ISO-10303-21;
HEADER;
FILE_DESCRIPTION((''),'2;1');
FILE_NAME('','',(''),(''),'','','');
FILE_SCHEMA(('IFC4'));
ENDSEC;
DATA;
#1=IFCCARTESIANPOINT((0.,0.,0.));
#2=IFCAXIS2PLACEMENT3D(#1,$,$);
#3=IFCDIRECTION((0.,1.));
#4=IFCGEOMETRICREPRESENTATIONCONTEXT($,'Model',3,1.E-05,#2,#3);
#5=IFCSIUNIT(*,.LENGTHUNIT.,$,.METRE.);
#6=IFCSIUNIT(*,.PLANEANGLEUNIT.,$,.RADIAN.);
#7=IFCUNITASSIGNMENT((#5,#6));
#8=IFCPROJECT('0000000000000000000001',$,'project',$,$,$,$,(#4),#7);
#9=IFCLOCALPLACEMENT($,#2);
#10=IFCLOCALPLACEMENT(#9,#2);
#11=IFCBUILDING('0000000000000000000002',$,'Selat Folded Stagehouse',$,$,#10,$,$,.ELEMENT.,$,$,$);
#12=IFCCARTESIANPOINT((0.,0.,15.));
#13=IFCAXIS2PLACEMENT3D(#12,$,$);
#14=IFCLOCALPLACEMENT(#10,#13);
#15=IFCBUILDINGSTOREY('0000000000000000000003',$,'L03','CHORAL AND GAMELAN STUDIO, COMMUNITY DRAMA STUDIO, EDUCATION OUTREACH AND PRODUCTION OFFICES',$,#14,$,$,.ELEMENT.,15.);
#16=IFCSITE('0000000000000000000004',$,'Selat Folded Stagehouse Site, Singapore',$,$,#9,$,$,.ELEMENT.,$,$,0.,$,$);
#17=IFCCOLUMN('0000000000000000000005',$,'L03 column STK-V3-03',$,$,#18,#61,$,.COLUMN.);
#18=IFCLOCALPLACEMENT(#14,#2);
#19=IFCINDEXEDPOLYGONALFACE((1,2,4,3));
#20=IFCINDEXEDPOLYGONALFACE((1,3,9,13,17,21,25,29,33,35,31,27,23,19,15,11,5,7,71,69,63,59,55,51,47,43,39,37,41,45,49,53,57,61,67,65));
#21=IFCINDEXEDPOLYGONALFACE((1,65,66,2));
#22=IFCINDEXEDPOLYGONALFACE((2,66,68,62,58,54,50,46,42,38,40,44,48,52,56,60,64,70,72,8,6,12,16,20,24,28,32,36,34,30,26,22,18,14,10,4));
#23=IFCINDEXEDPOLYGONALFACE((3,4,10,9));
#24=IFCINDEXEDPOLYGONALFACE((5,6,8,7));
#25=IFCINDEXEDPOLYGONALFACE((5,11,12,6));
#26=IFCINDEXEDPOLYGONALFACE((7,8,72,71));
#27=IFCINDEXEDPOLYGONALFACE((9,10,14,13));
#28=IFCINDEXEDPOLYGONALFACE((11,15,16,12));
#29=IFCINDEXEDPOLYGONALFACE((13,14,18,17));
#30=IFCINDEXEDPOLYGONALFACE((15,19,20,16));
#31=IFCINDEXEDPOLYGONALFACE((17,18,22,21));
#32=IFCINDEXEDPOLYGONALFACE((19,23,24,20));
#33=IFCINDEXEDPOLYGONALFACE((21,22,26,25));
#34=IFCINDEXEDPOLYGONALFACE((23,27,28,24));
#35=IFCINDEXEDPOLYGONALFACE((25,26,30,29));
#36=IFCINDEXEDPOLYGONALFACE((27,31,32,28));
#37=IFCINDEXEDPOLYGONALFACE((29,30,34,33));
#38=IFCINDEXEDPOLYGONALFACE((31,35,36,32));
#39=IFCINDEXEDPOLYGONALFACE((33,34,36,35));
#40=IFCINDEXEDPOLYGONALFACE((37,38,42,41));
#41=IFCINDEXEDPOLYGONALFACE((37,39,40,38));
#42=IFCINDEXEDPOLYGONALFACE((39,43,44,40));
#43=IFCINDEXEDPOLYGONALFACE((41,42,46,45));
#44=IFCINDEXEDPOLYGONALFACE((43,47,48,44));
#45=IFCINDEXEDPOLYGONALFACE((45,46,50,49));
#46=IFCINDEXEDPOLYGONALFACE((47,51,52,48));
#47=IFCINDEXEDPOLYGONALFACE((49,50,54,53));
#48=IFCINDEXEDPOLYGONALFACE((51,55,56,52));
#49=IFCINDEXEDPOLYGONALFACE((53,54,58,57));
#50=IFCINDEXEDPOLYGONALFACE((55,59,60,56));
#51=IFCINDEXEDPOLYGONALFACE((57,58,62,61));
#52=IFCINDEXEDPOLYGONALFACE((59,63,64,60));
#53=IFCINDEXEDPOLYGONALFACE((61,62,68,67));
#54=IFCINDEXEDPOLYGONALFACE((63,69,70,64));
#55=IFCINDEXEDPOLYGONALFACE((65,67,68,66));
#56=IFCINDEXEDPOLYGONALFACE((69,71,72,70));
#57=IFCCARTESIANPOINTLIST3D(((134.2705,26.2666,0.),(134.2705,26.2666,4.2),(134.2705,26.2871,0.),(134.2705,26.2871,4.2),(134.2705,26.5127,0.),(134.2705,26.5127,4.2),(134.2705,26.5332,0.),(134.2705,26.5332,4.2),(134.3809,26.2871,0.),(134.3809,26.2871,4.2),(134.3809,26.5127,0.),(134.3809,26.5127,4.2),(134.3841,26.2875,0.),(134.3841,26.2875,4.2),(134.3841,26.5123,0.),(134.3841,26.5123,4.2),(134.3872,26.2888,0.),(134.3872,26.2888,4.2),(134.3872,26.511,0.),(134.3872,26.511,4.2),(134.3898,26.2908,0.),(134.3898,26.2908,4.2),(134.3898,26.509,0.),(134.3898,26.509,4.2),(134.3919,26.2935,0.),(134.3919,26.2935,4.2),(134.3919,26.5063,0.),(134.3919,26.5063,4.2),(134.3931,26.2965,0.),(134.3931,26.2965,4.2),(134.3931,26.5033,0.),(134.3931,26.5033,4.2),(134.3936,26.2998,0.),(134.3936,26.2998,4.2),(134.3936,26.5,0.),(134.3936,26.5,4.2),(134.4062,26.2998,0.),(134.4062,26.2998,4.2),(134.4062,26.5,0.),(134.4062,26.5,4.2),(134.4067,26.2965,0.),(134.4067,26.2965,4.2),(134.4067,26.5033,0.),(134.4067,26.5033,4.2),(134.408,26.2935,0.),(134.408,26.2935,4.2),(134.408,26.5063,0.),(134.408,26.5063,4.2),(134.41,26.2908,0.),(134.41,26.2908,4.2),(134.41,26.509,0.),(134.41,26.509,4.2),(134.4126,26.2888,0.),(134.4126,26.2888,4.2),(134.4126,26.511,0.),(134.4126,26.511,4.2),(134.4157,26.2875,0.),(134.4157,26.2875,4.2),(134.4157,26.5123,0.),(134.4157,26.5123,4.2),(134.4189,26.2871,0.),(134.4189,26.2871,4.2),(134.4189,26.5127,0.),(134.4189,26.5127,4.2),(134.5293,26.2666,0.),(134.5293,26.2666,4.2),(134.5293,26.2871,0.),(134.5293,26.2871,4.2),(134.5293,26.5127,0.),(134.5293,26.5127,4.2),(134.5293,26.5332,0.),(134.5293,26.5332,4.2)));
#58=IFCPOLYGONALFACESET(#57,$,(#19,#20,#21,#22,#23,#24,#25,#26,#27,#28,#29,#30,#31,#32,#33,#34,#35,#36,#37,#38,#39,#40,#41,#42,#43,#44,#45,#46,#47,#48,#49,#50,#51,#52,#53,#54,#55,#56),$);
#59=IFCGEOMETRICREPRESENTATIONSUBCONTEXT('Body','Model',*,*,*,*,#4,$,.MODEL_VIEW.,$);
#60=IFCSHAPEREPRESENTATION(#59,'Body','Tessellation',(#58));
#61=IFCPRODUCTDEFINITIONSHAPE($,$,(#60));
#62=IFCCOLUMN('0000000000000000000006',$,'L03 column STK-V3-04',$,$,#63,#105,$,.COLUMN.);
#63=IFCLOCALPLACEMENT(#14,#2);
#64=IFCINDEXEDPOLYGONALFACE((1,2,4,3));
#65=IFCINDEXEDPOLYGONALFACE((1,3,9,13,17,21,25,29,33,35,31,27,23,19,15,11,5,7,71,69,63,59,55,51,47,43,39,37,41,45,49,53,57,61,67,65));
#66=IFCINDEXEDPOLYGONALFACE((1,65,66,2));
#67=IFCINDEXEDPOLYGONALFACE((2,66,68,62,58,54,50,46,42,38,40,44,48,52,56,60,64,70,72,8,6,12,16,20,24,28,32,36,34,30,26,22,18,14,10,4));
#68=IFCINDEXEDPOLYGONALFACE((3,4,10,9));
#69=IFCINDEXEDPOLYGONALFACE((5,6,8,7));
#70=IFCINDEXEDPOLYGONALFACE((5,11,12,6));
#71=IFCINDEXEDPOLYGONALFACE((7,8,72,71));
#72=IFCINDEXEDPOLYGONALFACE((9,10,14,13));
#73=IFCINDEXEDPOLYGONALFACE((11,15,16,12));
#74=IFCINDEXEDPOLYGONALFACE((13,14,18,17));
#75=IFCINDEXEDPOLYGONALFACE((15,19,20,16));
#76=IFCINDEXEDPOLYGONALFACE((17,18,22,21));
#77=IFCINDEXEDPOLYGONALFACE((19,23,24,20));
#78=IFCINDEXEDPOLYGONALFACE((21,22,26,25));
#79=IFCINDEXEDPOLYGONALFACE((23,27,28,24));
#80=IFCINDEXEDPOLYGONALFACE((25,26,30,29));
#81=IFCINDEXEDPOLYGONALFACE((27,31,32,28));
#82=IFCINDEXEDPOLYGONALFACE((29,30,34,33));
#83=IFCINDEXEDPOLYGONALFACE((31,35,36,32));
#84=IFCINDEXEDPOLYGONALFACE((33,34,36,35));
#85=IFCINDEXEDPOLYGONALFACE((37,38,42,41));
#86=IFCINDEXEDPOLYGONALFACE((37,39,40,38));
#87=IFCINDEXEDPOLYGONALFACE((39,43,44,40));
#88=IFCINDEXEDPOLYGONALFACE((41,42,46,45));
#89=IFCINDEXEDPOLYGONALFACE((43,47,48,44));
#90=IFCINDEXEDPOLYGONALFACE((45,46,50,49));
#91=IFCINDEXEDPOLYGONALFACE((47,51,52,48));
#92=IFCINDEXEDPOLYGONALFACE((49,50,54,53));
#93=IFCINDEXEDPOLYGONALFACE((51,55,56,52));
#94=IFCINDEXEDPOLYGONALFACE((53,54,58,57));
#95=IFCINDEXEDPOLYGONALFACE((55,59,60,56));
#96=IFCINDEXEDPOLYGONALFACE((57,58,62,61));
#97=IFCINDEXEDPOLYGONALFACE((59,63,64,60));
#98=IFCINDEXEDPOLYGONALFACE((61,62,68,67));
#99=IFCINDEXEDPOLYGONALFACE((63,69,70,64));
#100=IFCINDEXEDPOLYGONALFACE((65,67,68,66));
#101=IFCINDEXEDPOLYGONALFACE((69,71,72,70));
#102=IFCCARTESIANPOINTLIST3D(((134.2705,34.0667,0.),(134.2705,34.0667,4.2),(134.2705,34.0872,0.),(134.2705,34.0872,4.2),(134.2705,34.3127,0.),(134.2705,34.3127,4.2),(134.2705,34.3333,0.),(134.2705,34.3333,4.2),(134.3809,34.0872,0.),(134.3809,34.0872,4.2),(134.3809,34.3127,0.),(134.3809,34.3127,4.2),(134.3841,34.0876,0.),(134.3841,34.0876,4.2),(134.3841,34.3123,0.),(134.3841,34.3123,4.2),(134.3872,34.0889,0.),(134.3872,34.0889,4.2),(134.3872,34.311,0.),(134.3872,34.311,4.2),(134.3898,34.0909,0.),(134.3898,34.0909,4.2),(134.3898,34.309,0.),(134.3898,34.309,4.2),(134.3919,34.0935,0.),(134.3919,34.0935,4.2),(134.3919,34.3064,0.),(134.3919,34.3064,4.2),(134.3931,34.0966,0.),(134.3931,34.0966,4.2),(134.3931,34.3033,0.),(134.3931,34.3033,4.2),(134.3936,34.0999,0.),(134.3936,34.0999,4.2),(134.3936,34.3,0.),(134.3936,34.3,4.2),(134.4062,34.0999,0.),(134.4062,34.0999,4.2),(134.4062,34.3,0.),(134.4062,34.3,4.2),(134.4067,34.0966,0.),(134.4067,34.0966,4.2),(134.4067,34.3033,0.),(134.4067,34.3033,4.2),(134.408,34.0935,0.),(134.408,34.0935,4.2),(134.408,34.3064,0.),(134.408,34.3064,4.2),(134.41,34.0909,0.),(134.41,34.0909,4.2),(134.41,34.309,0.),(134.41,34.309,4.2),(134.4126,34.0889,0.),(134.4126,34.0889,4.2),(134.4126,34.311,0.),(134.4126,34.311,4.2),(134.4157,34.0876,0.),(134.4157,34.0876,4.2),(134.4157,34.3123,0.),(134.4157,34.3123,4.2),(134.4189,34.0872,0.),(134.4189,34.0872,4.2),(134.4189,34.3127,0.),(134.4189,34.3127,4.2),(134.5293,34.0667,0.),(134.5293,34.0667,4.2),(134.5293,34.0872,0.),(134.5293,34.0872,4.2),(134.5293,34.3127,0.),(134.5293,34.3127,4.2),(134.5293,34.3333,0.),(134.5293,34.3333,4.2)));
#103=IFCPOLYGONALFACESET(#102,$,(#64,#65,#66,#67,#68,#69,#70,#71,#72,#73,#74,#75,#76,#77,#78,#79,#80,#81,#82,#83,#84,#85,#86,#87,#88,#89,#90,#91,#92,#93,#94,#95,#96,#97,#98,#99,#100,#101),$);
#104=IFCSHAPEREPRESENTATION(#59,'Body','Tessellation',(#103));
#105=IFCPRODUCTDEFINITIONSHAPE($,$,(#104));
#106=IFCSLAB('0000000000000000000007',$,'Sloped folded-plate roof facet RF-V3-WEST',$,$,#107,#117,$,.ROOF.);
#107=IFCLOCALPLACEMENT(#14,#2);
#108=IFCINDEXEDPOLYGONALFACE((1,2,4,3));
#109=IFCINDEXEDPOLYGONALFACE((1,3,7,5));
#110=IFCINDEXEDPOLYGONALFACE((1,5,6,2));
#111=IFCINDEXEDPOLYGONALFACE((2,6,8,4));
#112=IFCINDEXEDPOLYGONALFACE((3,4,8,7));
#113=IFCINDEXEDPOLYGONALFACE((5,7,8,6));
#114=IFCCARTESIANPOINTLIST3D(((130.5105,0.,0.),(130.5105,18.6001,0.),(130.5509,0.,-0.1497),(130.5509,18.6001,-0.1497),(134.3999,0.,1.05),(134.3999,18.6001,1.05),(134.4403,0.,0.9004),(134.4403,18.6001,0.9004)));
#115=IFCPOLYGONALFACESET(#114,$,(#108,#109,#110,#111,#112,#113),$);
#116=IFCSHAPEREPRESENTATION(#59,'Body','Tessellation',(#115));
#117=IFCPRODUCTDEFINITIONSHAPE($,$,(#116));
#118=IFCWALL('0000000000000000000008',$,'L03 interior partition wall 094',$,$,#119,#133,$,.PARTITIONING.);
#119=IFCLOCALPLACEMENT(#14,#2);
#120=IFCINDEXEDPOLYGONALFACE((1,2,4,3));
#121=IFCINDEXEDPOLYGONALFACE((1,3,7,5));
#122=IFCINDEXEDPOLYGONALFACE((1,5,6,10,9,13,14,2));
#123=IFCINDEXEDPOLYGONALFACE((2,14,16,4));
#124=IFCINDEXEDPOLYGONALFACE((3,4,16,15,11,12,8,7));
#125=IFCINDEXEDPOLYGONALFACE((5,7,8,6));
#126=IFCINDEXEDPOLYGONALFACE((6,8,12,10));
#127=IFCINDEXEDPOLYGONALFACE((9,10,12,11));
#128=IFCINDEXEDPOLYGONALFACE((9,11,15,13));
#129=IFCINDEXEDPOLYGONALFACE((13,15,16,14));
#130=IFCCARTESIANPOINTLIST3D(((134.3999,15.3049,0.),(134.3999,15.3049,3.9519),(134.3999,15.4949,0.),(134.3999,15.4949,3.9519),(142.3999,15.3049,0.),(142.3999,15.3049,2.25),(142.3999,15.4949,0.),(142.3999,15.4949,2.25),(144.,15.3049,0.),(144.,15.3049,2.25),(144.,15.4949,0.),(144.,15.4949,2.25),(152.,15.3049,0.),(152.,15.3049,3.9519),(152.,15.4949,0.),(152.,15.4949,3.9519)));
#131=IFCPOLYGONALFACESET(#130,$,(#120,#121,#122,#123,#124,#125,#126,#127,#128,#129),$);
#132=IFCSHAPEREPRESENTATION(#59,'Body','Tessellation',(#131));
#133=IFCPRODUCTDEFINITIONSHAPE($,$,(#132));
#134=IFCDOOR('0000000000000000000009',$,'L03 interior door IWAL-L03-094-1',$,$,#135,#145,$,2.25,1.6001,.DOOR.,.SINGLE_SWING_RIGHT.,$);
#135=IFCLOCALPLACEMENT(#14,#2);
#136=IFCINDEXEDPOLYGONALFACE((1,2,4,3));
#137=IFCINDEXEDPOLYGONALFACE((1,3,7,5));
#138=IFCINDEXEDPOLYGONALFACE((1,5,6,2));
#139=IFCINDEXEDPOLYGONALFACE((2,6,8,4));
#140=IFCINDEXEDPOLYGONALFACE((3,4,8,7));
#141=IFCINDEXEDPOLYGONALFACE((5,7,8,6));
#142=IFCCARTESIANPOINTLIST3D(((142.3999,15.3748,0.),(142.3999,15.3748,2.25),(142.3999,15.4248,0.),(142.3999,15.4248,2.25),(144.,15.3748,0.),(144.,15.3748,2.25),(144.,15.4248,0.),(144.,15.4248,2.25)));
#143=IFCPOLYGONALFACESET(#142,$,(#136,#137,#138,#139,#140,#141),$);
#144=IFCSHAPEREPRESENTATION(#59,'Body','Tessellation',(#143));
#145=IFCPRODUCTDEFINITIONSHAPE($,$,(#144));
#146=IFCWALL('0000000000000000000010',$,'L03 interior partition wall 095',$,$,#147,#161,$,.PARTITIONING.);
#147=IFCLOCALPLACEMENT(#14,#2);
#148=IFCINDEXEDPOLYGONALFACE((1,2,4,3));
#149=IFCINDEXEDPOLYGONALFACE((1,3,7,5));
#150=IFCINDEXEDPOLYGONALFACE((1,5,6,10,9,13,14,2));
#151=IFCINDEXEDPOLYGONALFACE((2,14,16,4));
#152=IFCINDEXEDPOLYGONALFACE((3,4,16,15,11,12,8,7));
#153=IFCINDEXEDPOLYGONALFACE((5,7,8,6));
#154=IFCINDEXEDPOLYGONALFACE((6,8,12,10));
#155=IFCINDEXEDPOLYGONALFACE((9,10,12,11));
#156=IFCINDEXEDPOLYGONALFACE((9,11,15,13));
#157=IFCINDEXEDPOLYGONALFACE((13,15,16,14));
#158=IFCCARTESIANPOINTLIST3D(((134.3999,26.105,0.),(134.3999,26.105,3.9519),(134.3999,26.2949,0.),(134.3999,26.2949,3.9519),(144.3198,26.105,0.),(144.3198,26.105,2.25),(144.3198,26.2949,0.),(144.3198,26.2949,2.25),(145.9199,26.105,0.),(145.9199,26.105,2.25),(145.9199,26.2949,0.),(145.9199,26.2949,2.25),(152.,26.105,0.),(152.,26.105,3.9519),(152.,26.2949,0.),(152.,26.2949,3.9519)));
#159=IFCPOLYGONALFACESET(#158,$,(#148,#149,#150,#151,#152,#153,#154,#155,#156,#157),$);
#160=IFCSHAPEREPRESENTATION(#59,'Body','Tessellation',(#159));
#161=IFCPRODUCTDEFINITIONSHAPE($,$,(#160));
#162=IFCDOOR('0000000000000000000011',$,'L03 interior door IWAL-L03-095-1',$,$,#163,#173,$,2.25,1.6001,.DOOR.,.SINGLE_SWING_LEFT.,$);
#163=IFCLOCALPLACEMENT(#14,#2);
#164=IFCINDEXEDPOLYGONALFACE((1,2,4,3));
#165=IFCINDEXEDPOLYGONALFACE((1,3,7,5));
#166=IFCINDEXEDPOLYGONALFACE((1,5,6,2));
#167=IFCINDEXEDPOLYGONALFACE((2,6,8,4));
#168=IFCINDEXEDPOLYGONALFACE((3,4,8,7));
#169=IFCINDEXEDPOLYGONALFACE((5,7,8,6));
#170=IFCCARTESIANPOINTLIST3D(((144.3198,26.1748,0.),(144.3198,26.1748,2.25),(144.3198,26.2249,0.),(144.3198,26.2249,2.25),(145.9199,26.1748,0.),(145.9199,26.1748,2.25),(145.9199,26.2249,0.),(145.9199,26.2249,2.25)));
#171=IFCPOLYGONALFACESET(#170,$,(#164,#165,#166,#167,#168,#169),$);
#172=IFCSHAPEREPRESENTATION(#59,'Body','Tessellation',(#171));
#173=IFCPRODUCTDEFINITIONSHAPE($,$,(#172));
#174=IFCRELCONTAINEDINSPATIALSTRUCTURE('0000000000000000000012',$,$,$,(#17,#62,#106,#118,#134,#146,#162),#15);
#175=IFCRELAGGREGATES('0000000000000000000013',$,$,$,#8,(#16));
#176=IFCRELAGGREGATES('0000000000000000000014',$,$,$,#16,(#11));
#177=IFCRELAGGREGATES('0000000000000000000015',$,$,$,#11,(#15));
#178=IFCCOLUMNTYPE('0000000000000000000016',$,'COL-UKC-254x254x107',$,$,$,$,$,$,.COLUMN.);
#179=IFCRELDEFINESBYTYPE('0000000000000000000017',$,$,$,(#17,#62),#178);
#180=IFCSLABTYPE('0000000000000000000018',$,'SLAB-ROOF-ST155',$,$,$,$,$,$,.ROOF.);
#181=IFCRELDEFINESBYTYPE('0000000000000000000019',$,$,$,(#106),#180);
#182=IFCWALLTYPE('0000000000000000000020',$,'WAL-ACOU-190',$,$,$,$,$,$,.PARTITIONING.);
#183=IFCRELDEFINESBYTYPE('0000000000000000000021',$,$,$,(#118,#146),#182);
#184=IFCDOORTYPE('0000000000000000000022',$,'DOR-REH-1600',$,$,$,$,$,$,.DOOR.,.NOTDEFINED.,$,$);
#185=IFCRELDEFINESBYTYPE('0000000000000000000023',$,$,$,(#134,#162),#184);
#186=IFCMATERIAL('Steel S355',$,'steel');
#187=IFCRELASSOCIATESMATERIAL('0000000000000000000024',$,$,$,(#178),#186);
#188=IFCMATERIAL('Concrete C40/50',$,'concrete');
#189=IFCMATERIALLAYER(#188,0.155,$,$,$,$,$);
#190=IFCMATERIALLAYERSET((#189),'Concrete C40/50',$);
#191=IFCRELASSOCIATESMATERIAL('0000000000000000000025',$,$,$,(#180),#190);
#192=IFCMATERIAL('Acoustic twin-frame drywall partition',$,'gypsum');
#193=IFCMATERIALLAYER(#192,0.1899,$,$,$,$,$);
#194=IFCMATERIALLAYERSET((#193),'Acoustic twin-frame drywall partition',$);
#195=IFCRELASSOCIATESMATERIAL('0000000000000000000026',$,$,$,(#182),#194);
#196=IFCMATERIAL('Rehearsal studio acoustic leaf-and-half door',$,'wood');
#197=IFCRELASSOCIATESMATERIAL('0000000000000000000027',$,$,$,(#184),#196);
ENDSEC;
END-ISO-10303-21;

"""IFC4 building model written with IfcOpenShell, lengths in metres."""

from ifc_helpers import new_model, si_unit, direction, frame, frame_2d, origin, origin_2d, place, context, subcontext, project, spatial, polyline, rectangle, i_section, outline, extrude, material, layer, layer_set, material_profile, profile_set, type_object, element, fill, save


model = new_model("IFC4")

# Units and contexts
model_context = context("Model", 3, precision=1e-05, world=origin(), true_north=direction((0.0, 1.0)))
body_context = subcontext(model_context, "Body", "Model", "MODEL_VIEW")
ifc_project = project(units=[si_unit("LENGTHUNIT", "METRE"), si_unit("PLANEANGLEUNIT", "RADIAN")], contexts=[model_context])

# Site, building, storey
site_placement = place(None, origin())
site = spatial("IfcSite", under=ifc_project, at=site_placement, Name="Selat Folded Stagehouse Site, Singapore", CompositionType="ELEMENT", RefElevation=0.0)
building_placement = place(site_placement, origin())
building = spatial("IfcBuilding", under=site, at=building_placement, Name="Selat Folded Stagehouse", CompositionType="ELEMENT")
storey_placement = place(building_placement, frame((0.0, 0.0, 15.0)))
storey = spatial("IfcBuildingStorey", under=building, at=storey_placement, Name="L03", Description="CHORAL AND GAMELAN STUDIO, COMMUNITY DRAMA STUDIO, EDUCATION OUTREACH AND PRODUCTION OFFICES", CompositionType="ELEMENT", Elevation=15.0)

# Columns
ifc_material_1 = material(Name="Steel S355", Category="steel")
ifc_material_profile = material_profile(ifc_material_1, i_section(OverallWidth=0.2588, OverallDepth=0.2666, WebThickness=0.0127, FlangeThickness=0.0205, FilletRadius=0.0127, at=origin_2d()), Name="UKC 254x254x107")
ifc_profile_set = profile_set([ifc_material_profile], Name="Steel S355")
column_type = type_object("IfcColumnType", Name="COL-UKC-254x254x107", PredefinedType="COLUMN", material=ifc_profile_set)
for number, where, z_axis, x_axis, name in (
    (1, (134.3999, 26.3999, 0.0), (0.0, 0.0, 1.0), (1.0, 0.0, 0.0), "L03 column STK-V3-03"),
    (2, (134.3999, 34.2, 0.0), (0.0, 0.0, 1.0), (1.0, 0.0, 0.0), "L03 column STK-V3-04"),
):
    element("IfcColumn", number, at=place(storey_placement, frame(where, z_axis=z_axis, x_axis=x_axis)), inside=storey, type_object=column_type, Name=name, PredefinedType="COLUMN", context=body_context, shape_type="SweptSolid", body=[
        extrude(i_section(OverallWidth=0.2588, OverallDepth=0.2666, WebThickness=0.0127, FlangeThickness=0.0205, FilletRadius=0.0127, at=origin_2d()), origin(), (0.0, 0.0, 1.0), 4.2),
    ])

# Slab
ifc_material_2 = material(Name="Concrete C40/50", Category="concrete")
ifc_layer_1 = layer(ifc_material_2, 0.155)
ifc_layer_set_1 = layer_set([ifc_layer_1], Name="Concrete C40/50")
slab_type = type_object("IfcSlabType", Name="SLAB-ROOF-ST155", PredefinedType="ROOF", material=ifc_layer_set_1)
slab_placement = place(storey_placement, frame((130.5105, 0.0, 0.0), z_axis=(-0.260645, 0.0, 0.965435), x_axis=(0.965435, 0.0, 0.260645)))
element("IfcSlab", 3, at=slab_placement, inside=storey, type_object=slab_type, Name="Sloped folded-plate roof facet RF-V3-WEST", PredefinedType="ROOF", context=body_context, shape_type="SweptSolid", body=[
    extrude(outline(polyline([(0.0, 0.0), (4.0287, 0.0), (4.0287, 18.6001), (0.0, 18.6001), (0.0, 0.0)])), origin(), (0.0, 0.0, -1.0), 0.155),
])

# Walls, openings, doors
ifc_material_3 = material(Name="Acoustic twin-frame drywall partition", Category="gypsum")
ifc_layer_2 = layer(ifc_material_3, 0.1899)
ifc_layer_set_2 = layer_set([ifc_layer_2], Name="Acoustic twin-frame drywall partition")
wall_type_1 = type_object("IfcWallType", Name="WAL-ACOU-190", PredefinedType="PARTITIONING", material=ifc_layer_set_2)
wall_1_placement = place(storey_placement, frame((134.3999, 15.3999, 0.0), z_axis=(0.0, 0.0, 1.0), x_axis=(1.0, 0.0, 0.0)))
wall_1 = element("IfcWall", 4, at=wall_1_placement, inside=storey, type_object=wall_type_1, Name="L03 interior partition wall 094", PredefinedType="PARTITIONING", context=body_context, shape_type="SweptSolid", body=[
    extrude(rectangle(XDim=17.6001, YDim=0.1899, at=frame_2d((8.8, 0.0))), origin(), (0.0, 0.0, 1.0), 3.9519),
])
opening_1_placement = place(wall_1_placement, frame((8.0, 0.0, 0.0)))
opening_1 = element("IfcOpeningElement", 5, at=opening_1_placement, cuts=wall_1, PredefinedType="OPENING", context=body_context, shape_type="SweptSolid", body=[
    extrude(rectangle(XDim=1.6001, YDim=2.25, at=frame_2d((0.8, 1.125))), frame((0.0, 0.105, 0.0), z_axis=(0.0, -1.0, 0.0), x_axis=(1.0, 0.0, 0.0)), (0.0, 0.0, 1.0), 0.21),
])
ifc_material_4 = material(Name="Rehearsal studio acoustic leaf-and-half door", Category="wood")
door_type = type_object("IfcDoorType", Name="DOR-REH-1600", OperationType="NOTDEFINED", PredefinedType="DOOR", material=ifc_material_4)
door_1_placement = place(opening_1_placement, origin())
door_1 = element("IfcDoor", 6, at=door_1_placement, inside=storey, type_object=door_type, Name="L03 interior door IWAL-L03-094-1", OperationType="SINGLE_SWING_RIGHT", OverallHeight=2.25, OverallWidth=1.6001, PredefinedType="DOOR", context=body_context, shape_type="SweptSolid", body=[
    extrude(rectangle(XDim=1.6001, YDim=2.25, at=frame_2d((0.8, 1.125))), frame((0.0, 0.0249, 0.0), z_axis=(0.0, -1.0, 0.0), x_axis=(1.0, 0.0, 0.0)), (0.0, 0.0, 1.0), 0.05),
])
fill(opening_1, door_1)
wall_2_placement = place(storey_placement, frame((134.3999, 26.2, 0.0), z_axis=(0.0, 0.0, 1.0), x_axis=(1.0, 0.0, 0.0)))
wall_2 = element("IfcWall", 7, at=wall_2_placement, inside=storey, type_object=wall_type_1, Name="L03 interior partition wall 095", PredefinedType="PARTITIONING", context=body_context, shape_type="SweptSolid", body=[
    extrude(rectangle(XDim=17.6001, YDim=0.1899, at=frame_2d((8.8, 0.0))), origin(), (0.0, 0.0, 1.0), 3.9519),
])
opening_2_placement = place(wall_2_placement, frame((9.9199, 0.0, 0.0)))
opening_2 = element("IfcOpeningElement", 8, at=opening_2_placement, cuts=wall_2, PredefinedType="OPENING", context=body_context, shape_type="SweptSolid", body=[
    extrude(rectangle(XDim=1.6001, YDim=2.25, at=frame_2d((0.8, 1.125))), frame((0.0, 0.105, 0.0), z_axis=(0.0, -1.0, 0.0), x_axis=(1.0, 0.0, 0.0)), (0.0, 0.0, 1.0), 0.21),
])
door_2_placement = place(opening_2_placement, origin())
door_2 = element("IfcDoor", 9, at=door_2_placement, inside=storey, type_object=door_type, Name="L03 interior door IWAL-L03-095-1", OperationType="SINGLE_SWING_LEFT", OverallHeight=2.25, OverallWidth=1.6001, PredefinedType="DOOR", context=body_context, shape_type="SweptSolid", body=[
    extrude(rectangle(XDim=1.6001, YDim=2.25, at=frame_2d((0.8, 1.125))), frame((0.0, 0.0249, 0.0), z_axis=(0.0, -1.0, 0.0), x_axis=(1.0, 0.0, 0.0)), (0.0, 0.0, 1.0), 0.05),
])
fill(opening_2, door_2)

save(model, "model.ifc")
